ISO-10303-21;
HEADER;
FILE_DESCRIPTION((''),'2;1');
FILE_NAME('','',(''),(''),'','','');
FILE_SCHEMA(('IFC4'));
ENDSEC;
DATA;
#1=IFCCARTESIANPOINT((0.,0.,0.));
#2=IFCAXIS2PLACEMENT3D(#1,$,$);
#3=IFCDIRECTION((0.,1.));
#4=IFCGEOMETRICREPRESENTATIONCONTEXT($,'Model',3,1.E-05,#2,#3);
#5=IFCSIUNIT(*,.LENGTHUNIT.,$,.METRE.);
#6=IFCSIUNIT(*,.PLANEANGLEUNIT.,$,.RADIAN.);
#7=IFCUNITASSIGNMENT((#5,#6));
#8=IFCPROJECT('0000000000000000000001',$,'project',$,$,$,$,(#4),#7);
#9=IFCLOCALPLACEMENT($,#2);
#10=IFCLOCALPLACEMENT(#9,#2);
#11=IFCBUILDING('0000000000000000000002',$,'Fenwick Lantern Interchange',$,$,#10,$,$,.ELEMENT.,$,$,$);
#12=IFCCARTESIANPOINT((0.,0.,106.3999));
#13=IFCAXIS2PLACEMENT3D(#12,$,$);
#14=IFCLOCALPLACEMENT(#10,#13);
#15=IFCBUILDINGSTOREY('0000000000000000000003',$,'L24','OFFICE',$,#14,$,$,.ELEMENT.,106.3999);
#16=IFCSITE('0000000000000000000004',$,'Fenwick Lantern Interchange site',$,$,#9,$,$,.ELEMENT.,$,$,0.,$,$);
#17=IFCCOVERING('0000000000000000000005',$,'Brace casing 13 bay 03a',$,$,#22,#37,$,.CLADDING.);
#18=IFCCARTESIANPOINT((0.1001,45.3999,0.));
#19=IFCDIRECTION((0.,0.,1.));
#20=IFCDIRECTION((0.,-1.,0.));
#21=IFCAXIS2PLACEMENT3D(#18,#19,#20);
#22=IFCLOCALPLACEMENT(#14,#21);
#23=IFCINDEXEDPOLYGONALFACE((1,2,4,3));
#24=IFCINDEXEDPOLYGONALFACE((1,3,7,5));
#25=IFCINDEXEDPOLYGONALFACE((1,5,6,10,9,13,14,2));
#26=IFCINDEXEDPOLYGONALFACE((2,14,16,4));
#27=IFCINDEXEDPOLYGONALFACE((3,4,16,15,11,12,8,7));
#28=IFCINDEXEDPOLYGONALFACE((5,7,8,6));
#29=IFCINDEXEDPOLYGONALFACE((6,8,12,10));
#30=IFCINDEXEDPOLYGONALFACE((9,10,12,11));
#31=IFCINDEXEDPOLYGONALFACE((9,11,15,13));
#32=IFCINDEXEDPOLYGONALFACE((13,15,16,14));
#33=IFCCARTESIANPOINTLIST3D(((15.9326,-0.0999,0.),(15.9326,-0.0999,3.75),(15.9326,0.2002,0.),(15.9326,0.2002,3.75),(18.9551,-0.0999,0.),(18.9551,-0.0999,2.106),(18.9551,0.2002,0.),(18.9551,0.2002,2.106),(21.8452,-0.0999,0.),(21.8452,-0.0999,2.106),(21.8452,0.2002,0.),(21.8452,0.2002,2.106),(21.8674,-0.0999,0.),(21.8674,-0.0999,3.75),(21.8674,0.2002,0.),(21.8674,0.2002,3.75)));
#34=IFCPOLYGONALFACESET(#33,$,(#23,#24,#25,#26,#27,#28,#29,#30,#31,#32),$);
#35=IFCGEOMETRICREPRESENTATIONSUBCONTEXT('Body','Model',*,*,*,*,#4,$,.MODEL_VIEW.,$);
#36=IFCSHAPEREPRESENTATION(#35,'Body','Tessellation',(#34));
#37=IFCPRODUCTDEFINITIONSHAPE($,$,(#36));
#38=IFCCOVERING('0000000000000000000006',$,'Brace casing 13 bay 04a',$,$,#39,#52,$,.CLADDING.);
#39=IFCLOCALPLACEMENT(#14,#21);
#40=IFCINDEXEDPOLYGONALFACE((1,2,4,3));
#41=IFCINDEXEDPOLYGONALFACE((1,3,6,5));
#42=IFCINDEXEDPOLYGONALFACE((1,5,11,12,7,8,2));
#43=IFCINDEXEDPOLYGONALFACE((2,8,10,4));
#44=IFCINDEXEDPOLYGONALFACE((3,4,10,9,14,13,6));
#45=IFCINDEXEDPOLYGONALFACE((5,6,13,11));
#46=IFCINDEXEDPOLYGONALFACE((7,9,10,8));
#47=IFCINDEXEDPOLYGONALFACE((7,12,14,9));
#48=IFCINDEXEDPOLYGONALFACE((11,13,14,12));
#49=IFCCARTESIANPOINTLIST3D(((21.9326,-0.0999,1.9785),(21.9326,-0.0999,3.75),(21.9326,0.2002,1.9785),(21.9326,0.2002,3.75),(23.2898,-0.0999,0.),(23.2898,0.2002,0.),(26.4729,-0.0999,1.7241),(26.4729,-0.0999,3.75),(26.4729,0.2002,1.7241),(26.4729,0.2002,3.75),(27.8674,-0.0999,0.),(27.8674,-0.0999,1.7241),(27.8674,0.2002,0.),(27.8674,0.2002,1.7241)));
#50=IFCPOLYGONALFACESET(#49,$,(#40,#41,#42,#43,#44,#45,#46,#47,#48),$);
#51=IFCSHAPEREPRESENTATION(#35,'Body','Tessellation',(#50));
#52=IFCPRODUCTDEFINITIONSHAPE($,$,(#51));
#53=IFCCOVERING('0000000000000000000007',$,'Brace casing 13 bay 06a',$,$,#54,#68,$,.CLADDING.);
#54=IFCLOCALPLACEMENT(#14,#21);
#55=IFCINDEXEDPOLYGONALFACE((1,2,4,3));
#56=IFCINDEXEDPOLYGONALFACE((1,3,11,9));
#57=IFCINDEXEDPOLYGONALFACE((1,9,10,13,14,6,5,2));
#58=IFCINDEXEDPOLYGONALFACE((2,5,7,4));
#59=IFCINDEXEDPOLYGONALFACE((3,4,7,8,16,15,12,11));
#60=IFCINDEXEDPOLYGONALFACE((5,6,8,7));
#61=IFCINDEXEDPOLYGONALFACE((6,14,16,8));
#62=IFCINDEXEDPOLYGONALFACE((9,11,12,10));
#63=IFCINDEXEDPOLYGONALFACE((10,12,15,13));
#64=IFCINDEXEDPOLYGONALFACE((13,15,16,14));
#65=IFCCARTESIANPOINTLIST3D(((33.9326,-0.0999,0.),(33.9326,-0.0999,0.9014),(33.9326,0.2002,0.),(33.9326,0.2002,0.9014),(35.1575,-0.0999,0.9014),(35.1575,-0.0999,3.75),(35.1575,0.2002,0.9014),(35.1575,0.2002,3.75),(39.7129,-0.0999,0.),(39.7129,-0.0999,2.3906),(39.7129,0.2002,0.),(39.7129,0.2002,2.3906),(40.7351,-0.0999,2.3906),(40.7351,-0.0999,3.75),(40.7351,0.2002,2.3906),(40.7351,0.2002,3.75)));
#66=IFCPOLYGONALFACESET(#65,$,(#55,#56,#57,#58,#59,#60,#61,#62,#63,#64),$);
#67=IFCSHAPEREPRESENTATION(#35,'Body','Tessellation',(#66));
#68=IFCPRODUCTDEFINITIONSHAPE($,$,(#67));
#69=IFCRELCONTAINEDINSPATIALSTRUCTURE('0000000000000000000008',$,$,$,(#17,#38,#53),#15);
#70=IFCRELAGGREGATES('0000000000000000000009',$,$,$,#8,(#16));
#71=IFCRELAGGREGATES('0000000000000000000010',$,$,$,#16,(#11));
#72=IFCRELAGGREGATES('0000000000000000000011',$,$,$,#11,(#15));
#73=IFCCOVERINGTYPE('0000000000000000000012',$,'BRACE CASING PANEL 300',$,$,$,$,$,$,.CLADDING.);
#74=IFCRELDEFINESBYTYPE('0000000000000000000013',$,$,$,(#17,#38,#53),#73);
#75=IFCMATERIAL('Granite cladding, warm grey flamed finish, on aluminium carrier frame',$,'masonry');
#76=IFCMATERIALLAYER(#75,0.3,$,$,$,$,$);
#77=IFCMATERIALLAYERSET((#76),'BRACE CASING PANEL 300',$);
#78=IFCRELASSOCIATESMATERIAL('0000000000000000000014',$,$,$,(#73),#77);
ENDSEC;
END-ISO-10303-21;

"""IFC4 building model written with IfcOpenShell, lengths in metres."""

from ifc_helpers import new_model, si_unit, direction, frame, origin, place, context, subcontext, project, spatial, polyline, outline, extrude, material, layer, layer_set, type_object, element, save


model = new_model("IFC4")

# Units and contexts
model_context = context("Model", 3, precision=1e-05, world=origin(), true_north=direction((0.0, 1.0)))
body_context = subcontext(model_context, "Body", "Model", "MODEL_VIEW")
ifc_project = project(units=[si_unit("LENGTHUNIT", "METRE"), si_unit("PLANEANGLEUNIT", "RADIAN")], contexts=[model_context])

# Site, building, storey
site_placement = place(None, origin())
site = spatial("IfcSite", under=ifc_project, at=site_placement, Name="Fenwick Lantern Interchange site", CompositionType="ELEMENT", RefElevation=0.0)
building_placement = place(site_placement, origin())
building = spatial("IfcBuilding", under=site, at=building_placement, Name="Fenwick Lantern Interchange", CompositionType="ELEMENT")
storey_placement = place(building_placement, frame((0.0, 0.0, 106.3999)))
storey = spatial("IfcBuildingStorey", under=building, at=storey_placement, Name="L24", Description="OFFICE", CompositionType="ELEMENT", Elevation=106.3999)

# Coverings
ifc_material_1 = material(Name="Granite cladding, warm grey flamed finish, on aluminium carrier frame", Category="masonry")
ifc_layer_1 = layer(ifc_material_1, 0.3)
ifc_layer_set_1 = layer_set([ifc_layer_1], Name="BRACE CASING PANEL 300")
covering_type = type_object("IfcCoveringType", Name="BRACE CASING PANEL 300", PredefinedType="CLADDING", material=ifc_layer_set_1)
covering_1_placement = place(storey_placement, frame((0.1001, 45.3999, 0.0), z_axis=(0.0, 0.0, 1.0), x_axis=(0.0, -1.0, 0.0)))
element("IfcCovering", 1, at=covering_1_placement, inside=storey, type_object=covering_type, Name="Brace casing 13 bay 03a", PredefinedType="CLADDING", context=body_context, shape_type="SweptSolid", body=[
    extrude(outline(polyline([(15.9326, 0.0), (18.9551, 0.0), (18.9551, 2.106), (21.8452, 2.106), (21.8452, 0.0), (21.8674, 0.0), (21.8674, 3.75), (15.9326, 3.75), (15.9326, 0.0)])), frame((0.0, 0.2002, 0.0), z_axis=(0.0, -1.0, 0.0), x_axis=(1.0, 0.0, 0.0)), (0.0, 0.0, 1.0), 0.3),
])
covering_2_placement = place(storey_placement, frame((0.1001, 45.3999, 0.0), z_axis=(0.0, 0.0, 1.0), x_axis=(0.0, -1.0, 0.0)))
element("IfcCovering", 2, at=covering_2_placement, inside=storey, type_object=covering_type, Name="Brace casing 13 bay 04a", PredefinedType="CLADDING", context=body_context, shape_type="SweptSolid", body=[
    extrude(outline(polyline([(23.2898, 0.0), (27.8674, 0.0), (27.8674, 1.7241), (26.4729, 1.7241), (26.4729, 3.75), (21.9326, 3.75), (21.9326, 1.9785), (23.2898, 0.0)])), frame((0.0, 0.2002, 0.0), z_axis=(0.0, -1.0, 0.0), x_axis=(1.0, 0.0, 0.0)), (0.0, 0.0, 1.0), 0.3),
])
covering_3_placement = place(storey_placement, frame((0.1001, 45.3999, 0.0), z_axis=(0.0, 0.0, 1.0), x_axis=(0.0, -1.0, 0.0)))
element("IfcCovering", 3, at=covering_3_placement, inside=storey, type_object=covering_type, Name="Brace casing 13 bay 06a", PredefinedType="CLADDING", context=body_context, shape_type="SweptSolid", body=[
    extrude(outline(polyline([(33.9326, 0.0), (39.7129, 0.0), (39.7129, 2.3906), (40.7351, 2.3906), (40.7351, 3.75), (35.1575, 3.75), (35.1575, 0.9014), (33.9326, 0.9014), (33.9326, 0.0)])), frame((0.0, 0.2002, 0.0), z_axis=(0.0, -1.0, 0.0), x_axis=(1.0, 0.0, 0.0)), (0.0, 0.0, 1.0), 0.3),
])

save(model, "model.ifc")
